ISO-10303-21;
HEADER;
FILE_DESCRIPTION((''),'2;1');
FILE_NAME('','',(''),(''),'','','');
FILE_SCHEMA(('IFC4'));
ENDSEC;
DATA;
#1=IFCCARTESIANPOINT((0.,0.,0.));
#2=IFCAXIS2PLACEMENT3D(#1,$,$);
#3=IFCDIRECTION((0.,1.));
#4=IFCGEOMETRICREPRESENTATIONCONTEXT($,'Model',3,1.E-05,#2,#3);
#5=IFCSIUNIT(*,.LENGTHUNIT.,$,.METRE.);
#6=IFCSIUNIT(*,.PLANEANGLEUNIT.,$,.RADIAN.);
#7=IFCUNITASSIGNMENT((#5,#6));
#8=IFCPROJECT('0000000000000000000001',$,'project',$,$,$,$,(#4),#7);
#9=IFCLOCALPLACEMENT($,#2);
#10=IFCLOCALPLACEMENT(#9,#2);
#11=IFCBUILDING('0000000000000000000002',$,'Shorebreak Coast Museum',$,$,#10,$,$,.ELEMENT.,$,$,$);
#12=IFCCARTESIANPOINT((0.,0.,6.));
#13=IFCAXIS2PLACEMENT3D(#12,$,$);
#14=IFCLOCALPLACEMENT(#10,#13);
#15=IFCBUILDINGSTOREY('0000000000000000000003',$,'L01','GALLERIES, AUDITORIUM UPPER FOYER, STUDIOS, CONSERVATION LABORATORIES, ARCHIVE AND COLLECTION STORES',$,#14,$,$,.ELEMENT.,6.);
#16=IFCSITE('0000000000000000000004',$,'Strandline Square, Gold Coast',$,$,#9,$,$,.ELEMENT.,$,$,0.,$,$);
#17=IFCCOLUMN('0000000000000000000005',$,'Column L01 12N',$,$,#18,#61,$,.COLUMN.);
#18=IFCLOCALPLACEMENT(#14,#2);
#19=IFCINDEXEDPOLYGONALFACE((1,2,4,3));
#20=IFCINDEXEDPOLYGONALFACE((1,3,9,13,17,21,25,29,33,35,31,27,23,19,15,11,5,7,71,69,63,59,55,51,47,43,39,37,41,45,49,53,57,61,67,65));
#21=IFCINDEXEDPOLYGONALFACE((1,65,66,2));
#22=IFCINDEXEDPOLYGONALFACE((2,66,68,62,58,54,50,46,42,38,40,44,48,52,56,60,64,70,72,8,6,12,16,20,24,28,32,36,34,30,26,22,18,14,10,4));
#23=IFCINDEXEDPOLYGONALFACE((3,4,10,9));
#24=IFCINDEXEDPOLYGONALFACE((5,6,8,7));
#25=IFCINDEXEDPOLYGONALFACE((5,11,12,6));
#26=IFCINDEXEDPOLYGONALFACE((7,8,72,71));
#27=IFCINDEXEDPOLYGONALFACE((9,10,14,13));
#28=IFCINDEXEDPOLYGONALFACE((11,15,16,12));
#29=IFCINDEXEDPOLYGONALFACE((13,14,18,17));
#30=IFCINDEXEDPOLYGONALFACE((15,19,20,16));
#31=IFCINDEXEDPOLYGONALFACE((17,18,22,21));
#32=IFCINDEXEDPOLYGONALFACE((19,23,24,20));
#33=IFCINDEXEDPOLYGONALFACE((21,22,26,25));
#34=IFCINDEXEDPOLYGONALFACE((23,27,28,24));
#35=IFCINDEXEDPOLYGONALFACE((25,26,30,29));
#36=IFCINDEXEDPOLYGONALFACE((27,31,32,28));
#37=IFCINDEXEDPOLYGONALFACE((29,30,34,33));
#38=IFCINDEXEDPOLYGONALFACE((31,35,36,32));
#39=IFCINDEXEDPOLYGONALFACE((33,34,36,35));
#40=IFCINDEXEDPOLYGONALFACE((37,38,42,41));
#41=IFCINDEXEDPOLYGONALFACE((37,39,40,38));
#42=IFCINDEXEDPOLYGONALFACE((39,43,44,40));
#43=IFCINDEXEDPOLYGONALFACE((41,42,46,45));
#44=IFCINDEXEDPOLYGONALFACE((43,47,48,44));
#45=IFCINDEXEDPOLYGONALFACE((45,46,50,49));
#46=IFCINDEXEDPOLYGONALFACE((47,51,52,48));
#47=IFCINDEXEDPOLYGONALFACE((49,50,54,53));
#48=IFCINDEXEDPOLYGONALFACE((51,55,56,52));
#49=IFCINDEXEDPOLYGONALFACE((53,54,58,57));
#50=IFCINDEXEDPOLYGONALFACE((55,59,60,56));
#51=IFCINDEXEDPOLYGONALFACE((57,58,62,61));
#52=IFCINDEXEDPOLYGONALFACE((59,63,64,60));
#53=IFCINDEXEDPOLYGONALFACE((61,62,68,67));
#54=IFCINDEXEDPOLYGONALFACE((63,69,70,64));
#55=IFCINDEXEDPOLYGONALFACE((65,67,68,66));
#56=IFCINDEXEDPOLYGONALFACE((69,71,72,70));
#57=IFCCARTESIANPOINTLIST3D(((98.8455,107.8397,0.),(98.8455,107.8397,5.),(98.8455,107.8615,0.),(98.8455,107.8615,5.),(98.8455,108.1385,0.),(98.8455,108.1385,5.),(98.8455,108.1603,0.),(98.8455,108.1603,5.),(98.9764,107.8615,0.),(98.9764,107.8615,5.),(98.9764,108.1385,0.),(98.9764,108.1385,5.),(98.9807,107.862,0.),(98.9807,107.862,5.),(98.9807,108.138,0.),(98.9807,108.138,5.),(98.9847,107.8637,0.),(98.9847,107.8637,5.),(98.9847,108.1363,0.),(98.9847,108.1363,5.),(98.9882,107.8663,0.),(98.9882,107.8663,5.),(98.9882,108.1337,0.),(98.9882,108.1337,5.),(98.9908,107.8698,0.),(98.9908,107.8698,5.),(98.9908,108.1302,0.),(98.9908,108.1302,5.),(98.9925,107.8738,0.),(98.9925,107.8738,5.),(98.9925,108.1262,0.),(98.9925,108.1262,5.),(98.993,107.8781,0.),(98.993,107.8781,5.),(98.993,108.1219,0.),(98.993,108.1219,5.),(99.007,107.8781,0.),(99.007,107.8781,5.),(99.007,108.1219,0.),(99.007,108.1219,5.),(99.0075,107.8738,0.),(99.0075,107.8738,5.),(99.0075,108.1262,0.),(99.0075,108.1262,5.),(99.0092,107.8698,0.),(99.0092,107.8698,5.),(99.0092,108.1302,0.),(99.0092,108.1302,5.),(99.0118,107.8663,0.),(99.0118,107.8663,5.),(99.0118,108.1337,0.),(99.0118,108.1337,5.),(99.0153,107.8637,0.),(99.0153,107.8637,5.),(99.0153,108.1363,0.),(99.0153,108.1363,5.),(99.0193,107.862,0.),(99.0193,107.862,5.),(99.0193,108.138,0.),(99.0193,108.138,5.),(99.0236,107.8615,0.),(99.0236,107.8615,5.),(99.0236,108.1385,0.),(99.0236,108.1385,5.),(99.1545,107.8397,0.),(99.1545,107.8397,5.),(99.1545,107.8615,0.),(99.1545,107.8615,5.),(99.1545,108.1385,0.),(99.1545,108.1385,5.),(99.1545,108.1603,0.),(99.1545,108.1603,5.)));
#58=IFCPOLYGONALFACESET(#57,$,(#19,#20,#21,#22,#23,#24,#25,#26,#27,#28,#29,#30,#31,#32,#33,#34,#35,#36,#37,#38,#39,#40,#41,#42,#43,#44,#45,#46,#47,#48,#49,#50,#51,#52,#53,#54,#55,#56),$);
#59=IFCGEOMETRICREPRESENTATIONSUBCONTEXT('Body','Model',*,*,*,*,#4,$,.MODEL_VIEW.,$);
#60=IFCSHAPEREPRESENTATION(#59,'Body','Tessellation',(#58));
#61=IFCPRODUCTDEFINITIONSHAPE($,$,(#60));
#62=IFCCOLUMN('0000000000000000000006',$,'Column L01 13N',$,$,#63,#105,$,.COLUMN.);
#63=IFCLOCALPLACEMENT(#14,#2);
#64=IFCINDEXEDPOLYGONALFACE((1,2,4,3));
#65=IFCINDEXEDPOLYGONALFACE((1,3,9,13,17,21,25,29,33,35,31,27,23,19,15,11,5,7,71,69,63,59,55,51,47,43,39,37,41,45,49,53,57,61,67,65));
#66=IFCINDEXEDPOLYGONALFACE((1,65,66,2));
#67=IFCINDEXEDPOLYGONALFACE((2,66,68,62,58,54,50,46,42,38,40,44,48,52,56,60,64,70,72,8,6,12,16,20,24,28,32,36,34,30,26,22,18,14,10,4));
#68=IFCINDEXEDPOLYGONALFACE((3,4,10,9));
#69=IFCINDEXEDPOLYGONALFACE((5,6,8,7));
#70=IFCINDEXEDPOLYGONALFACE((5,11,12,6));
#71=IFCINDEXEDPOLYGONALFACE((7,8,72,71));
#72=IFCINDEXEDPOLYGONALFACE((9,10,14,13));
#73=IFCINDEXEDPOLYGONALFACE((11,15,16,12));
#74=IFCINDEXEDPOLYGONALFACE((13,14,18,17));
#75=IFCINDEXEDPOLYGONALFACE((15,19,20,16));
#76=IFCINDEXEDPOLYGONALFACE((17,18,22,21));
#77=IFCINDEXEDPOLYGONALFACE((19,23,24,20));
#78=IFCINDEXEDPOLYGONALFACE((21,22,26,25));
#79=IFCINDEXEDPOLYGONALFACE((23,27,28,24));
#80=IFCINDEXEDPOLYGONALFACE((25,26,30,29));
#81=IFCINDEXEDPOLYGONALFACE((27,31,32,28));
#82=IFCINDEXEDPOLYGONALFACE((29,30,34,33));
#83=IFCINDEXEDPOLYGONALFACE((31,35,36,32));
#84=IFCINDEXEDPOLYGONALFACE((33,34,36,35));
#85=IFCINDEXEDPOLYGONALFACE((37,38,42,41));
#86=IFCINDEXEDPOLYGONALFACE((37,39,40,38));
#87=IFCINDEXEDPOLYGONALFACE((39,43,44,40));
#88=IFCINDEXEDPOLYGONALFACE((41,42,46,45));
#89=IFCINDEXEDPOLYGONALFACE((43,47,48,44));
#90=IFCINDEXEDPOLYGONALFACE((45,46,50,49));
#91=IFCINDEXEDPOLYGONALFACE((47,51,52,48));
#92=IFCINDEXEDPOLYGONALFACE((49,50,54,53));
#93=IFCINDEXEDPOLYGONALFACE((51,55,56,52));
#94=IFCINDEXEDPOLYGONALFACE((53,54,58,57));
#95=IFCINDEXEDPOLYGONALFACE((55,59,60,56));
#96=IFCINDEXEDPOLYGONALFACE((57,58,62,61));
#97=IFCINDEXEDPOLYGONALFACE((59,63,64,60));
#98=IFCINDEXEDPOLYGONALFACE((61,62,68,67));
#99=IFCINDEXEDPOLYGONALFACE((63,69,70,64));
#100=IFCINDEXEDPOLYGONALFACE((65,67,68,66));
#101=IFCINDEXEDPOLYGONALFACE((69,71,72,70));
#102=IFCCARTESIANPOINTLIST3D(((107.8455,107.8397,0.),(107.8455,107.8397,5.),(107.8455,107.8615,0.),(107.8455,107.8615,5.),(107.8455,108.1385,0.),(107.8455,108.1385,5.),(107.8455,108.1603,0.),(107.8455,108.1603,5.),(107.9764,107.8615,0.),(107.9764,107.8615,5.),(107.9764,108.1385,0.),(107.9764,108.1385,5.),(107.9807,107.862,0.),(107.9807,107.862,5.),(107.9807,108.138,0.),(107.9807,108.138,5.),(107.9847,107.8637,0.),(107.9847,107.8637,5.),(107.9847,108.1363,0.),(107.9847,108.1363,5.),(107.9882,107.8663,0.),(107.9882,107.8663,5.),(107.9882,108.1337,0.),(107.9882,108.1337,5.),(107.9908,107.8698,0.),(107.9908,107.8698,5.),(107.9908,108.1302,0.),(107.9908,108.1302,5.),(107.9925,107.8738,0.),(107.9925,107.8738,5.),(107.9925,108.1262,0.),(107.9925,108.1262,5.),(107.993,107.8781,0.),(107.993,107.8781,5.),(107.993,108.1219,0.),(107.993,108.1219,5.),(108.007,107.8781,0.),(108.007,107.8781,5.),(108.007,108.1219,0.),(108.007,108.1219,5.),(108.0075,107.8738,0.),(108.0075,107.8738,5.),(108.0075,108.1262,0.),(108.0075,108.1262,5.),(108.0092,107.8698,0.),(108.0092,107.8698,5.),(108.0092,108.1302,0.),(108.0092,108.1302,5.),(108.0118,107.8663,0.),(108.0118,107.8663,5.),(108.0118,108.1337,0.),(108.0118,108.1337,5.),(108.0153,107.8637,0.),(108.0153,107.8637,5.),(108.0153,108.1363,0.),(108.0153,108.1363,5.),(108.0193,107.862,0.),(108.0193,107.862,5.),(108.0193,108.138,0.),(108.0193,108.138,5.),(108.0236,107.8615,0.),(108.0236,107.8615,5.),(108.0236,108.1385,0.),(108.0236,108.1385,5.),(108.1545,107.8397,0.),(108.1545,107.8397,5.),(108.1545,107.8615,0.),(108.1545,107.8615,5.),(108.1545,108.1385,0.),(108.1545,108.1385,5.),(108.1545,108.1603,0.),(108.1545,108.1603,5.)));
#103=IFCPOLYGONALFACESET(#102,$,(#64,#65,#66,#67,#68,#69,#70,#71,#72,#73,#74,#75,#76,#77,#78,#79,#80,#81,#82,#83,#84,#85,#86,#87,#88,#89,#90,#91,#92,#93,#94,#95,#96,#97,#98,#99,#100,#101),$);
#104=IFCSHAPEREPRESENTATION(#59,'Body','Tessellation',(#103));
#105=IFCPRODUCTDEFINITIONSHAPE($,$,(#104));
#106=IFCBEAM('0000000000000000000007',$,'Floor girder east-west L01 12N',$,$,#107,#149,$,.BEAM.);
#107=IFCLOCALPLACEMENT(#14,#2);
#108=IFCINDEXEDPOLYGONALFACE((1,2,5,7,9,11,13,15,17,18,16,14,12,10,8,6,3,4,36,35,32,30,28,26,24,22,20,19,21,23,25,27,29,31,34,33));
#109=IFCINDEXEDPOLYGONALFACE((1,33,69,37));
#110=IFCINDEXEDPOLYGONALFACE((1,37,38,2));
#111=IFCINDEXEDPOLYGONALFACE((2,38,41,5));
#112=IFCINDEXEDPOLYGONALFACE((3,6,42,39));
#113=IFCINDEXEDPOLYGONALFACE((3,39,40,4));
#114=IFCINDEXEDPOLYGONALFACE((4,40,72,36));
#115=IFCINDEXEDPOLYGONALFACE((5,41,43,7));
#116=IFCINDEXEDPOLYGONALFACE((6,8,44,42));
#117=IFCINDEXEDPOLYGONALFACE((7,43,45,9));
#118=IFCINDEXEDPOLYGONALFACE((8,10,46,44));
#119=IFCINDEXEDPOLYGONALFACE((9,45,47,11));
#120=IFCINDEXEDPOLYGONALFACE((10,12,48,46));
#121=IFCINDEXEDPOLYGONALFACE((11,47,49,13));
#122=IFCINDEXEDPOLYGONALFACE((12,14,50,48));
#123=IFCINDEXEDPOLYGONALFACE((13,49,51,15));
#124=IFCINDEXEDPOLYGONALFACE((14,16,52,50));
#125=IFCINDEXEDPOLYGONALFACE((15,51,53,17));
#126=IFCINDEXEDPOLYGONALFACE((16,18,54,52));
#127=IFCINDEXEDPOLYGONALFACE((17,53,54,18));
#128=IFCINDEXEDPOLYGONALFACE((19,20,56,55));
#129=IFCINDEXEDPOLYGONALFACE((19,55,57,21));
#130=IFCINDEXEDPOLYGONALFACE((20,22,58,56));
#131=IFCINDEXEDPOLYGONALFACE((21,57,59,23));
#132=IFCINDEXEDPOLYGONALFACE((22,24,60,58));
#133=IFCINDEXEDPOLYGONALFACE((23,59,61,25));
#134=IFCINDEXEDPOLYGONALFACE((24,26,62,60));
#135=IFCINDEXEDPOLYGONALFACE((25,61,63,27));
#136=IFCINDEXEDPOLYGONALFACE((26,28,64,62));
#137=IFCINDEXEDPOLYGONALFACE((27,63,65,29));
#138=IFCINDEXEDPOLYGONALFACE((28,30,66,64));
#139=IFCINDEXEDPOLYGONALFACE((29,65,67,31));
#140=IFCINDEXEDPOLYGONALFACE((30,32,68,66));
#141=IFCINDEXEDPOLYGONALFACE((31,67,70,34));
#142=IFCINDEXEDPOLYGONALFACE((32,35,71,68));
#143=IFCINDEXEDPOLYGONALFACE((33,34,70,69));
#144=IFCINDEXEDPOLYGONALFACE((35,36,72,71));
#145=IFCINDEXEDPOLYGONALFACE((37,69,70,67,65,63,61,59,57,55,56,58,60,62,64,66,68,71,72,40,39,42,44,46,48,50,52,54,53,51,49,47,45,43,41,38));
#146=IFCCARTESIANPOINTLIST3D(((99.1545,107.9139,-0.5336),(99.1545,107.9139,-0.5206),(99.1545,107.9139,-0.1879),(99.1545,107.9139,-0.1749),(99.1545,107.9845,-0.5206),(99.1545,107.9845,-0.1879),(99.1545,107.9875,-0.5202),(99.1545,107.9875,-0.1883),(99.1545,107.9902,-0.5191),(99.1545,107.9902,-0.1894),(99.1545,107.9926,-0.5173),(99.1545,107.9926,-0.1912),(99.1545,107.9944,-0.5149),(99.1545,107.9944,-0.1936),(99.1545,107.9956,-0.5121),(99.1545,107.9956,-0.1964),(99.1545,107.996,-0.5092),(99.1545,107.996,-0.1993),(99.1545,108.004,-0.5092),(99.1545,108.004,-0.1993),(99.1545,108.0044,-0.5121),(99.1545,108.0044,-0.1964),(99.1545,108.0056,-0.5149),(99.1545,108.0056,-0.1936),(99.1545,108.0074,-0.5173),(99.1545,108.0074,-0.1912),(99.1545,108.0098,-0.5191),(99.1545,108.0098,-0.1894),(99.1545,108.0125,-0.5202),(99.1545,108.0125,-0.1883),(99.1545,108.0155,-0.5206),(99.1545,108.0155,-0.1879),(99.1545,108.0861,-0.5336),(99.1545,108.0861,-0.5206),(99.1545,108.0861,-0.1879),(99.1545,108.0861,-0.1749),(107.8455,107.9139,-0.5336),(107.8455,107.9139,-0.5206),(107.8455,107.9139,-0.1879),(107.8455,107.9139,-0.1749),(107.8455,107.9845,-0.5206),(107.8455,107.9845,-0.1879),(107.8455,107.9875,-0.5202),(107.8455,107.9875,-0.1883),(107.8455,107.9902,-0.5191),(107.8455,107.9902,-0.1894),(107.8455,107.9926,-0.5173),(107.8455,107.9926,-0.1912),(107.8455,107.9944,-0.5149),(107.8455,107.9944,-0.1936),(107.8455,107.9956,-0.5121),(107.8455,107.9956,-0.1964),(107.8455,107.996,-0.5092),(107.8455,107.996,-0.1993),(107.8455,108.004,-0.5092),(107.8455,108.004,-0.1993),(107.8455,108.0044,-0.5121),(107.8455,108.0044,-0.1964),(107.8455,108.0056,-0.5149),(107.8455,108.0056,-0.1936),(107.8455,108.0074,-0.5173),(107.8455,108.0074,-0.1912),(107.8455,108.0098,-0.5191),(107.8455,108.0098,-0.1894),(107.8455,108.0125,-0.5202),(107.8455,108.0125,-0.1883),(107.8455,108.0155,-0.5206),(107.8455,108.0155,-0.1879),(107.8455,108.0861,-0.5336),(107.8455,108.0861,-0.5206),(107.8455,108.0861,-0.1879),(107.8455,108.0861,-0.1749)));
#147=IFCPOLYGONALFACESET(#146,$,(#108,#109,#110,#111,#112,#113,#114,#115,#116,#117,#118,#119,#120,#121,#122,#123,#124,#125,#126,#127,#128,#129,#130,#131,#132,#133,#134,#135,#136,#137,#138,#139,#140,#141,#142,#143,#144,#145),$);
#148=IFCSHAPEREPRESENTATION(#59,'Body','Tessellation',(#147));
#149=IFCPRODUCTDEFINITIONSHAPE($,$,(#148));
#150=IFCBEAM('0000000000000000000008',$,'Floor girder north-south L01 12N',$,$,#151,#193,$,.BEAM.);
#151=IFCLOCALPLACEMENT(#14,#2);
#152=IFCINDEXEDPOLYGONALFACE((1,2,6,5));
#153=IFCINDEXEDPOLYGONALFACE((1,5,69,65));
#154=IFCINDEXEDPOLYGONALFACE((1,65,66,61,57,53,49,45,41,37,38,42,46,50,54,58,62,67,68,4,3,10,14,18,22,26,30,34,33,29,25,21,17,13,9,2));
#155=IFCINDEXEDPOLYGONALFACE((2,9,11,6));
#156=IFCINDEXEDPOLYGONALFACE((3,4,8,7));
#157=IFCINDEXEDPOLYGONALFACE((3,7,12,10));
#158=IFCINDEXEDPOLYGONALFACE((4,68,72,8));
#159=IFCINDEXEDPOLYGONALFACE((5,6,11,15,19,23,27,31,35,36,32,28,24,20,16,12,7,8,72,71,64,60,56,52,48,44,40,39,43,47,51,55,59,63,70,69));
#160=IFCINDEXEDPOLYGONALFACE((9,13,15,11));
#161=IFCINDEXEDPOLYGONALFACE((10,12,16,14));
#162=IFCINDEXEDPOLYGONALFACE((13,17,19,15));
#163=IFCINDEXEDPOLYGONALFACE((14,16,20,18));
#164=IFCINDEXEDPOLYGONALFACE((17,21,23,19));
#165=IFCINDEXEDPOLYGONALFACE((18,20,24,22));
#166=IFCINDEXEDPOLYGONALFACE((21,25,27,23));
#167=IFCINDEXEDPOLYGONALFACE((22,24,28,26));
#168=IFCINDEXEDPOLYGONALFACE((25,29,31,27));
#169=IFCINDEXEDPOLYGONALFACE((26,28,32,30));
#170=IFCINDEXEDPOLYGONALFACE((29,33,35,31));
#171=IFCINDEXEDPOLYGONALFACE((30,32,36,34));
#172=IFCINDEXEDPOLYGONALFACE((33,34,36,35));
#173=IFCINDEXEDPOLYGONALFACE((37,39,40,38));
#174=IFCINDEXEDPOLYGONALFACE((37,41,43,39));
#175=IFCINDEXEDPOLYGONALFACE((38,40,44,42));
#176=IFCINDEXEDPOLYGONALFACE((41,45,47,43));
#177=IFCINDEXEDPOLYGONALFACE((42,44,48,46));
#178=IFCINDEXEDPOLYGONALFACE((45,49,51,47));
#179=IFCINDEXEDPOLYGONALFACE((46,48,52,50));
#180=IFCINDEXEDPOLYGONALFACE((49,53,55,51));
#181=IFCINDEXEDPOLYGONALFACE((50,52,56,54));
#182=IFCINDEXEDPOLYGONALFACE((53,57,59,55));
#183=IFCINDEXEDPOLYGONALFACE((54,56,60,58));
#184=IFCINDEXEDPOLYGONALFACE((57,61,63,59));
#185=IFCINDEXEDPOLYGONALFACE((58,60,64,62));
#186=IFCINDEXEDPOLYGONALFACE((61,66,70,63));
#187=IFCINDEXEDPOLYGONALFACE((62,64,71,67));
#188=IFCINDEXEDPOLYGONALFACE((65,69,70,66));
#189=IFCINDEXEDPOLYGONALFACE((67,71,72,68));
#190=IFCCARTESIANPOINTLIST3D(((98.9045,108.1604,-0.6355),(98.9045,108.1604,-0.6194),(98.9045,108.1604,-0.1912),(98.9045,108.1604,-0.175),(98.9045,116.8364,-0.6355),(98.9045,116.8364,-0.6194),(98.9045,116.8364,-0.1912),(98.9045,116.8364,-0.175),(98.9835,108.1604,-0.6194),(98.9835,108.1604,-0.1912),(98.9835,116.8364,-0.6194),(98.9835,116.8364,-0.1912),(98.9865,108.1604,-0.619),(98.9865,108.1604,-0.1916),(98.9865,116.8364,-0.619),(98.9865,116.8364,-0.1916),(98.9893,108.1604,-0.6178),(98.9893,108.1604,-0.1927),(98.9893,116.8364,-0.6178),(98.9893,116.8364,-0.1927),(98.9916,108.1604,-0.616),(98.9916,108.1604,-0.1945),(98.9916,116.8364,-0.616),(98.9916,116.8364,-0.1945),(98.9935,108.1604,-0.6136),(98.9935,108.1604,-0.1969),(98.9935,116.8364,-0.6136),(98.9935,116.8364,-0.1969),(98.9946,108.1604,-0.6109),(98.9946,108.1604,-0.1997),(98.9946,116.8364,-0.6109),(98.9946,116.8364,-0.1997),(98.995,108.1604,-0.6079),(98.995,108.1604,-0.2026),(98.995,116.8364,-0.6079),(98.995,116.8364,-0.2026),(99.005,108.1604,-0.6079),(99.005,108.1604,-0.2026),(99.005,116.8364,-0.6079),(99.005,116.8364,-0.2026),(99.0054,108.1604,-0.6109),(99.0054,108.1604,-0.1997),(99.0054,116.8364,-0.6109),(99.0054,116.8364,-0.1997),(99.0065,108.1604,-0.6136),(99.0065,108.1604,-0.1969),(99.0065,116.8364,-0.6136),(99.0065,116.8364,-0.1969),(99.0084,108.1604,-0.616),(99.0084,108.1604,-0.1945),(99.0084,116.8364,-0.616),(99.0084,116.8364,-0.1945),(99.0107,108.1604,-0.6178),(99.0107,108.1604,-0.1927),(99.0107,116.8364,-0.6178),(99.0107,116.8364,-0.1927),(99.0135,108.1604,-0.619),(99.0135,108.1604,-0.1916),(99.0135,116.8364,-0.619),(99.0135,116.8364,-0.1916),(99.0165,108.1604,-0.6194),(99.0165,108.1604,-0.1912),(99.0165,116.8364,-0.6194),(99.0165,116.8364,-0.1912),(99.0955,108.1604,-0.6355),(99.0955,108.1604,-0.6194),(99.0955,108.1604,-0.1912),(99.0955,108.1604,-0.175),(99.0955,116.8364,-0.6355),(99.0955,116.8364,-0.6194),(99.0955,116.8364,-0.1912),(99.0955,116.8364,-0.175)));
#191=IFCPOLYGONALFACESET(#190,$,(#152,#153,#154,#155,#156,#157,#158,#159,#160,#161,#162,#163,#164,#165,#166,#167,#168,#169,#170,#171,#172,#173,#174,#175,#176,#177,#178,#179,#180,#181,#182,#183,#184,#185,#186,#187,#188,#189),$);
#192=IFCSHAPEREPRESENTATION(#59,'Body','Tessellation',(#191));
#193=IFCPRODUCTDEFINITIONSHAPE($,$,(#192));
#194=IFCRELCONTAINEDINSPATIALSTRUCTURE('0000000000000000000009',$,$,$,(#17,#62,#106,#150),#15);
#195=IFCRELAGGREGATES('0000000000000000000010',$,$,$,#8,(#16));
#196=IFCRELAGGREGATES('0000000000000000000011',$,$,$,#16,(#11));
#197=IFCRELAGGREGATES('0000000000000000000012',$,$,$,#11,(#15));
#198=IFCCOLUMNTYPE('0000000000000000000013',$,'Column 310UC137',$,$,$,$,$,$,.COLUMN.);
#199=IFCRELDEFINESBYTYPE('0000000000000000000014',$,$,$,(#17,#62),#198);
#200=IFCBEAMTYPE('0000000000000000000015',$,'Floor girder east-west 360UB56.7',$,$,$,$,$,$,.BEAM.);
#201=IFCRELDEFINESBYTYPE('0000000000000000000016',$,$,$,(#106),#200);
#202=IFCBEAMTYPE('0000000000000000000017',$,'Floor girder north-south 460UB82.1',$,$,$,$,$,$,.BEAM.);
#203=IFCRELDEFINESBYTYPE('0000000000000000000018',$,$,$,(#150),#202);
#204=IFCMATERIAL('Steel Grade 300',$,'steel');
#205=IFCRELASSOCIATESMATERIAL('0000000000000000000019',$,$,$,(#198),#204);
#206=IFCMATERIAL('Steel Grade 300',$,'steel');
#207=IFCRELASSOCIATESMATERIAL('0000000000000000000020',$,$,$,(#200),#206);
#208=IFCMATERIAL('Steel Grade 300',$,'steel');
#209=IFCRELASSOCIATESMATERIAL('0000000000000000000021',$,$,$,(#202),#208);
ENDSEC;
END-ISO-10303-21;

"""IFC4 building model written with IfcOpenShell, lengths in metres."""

from ifc_helpers import new_model, si_unit, direction, frame, origin, origin_2d, place, context, subcontext, project, spatial, i_section, extrude, material, material_profile, profile_set, type_object, element, save


model = new_model("IFC4")

# Units and contexts
model_context = context("Model", 3, precision=1e-05, world=origin(), true_north=direction((0.0, 1.0)))
body_context = subcontext(model_context, "Body", "Model", "MODEL_VIEW")
ifc_project = project(units=[si_unit("LENGTHUNIT", "METRE"), si_unit("PLANEANGLEUNIT", "RADIAN")], contexts=[model_context])

# Site, building, storey
site_placement = place(None, origin())
site = spatial("IfcSite", under=ifc_project, at=site_placement, Name="Strandline Square, Gold Coast", CompositionType="ELEMENT", RefElevation=0.0)
building_placement = place(site_placement, origin())
building = spatial("IfcBuilding", under=site, at=building_placement, Name="Shorebreak Coast Museum", CompositionType="ELEMENT")
storey_placement = place(building_placement, frame((0.0, 0.0, 6.0)))
storey = spatial("IfcBuildingStorey", under=building, at=storey_placement, Name="L01", Description="GALLERIES, AUDITORIUM UPPER FOYER, STUDIOS, CONSERVATION LABORATORIES, ARCHIVE AND COLLECTION STORES", CompositionType="ELEMENT", Elevation=6.0)

# Columns
ifc_material_1 = material(Name="Steel Grade 300", Category="steel")
ifc_material_profile_1 = material_profile(ifc_material_1, i_section(OverallWidth=0.3091, OverallDepth=0.3206, WebThickness=0.0139, FlangeThickness=0.0217, FilletRadius=0.0166, at=origin_2d()), Name="310UC137")
ifc_profile_set_1 = profile_set([ifc_material_profile_1], Name="Steel Grade 300")
column_type = type_object("IfcColumnType", Name="Column 310UC137", PredefinedType="COLUMN", material=ifc_profile_set_1)
for number, where, z_axis, x_axis, name in (
    (1, (99.0, 108.0, 0.0), (0.0, 0.0, 1.0), (1.0, 0.0, 0.0), "Column L01 12N"),
    (2, (108.0, 108.0, 0.0), (0.0, 0.0, 1.0), (1.0, 0.0, 0.0), "Column L01 13N"),
):
    element("IfcColumn", number, at=place(storey_placement, frame(where, z_axis=z_axis, x_axis=x_axis)), inside=storey, type_object=column_type, Name=name, PredefinedType="COLUMN", context=body_context, shape_type="SweptSolid", body=[
        extrude(i_section(OverallWidth=0.3091, OverallDepth=0.3206, WebThickness=0.0139, FlangeThickness=0.0217, FilletRadius=0.0166, at=origin_2d()), origin(), (0.0, 0.0, 1.0), 5.0),
    ])

# Beams
ifc_material_2 = material(Name="Steel Grade 300", Category="steel")
ifc_material_profile_2 = material_profile(ifc_material_2, i_section(OverallWidth=0.1721, OverallDepth=0.3586, WebThickness=0.0081, FlangeThickness=0.0129, FilletRadius=0.0115, at=origin_2d()), Name="360UB56.7")
ifc_profile_set_2 = profile_set([ifc_material_profile_2], Name="Steel Grade 300")
beam_type_1 = type_object("IfcBeamType", Name="Floor girder east-west 360UB56.7", PredefinedType="BEAM", material=ifc_profile_set_2)
beam_placement = place(storey_placement, frame((99.1545, 108.0, -0.3542), z_axis=(1.0, 0.0, 0.0), x_axis=(0.0, 1.0, 0.0)))
element("IfcBeam", 3, at=beam_placement, inside=storey, type_object=beam_type_1, Name="Floor girder east-west L01 12N", PredefinedType="BEAM", context=body_context, shape_type="SweptSolid", body=[
    extrude(i_section(OverallWidth=0.1721, OverallDepth=0.3586, WebThickness=0.0081, FlangeThickness=0.0129, FilletRadius=0.0115, at=origin_2d()), origin(), (0.0, 0.0, 1.0), 8.6909),
])
ifc_material_3 = material(Name="Steel Grade 300", Category="steel")
ifc_material_profile_3 = material_profile(ifc_material_3, i_section(OverallWidth=0.1909, OverallDepth=0.4604, WebThickness=0.01, FlangeThickness=0.0161, FilletRadius=0.0115, at=origin_2d()), Name="460UB82.1")
ifc_profile_set_3 = profile_set([ifc_material_profile_3], Name="Steel Grade 300")
beam_type_2 = type_object("IfcBeamType", Name="Floor girder north-south 460UB82.1", PredefinedType="BEAM", material=ifc_profile_set_3)
for number, where, z_axis, x_axis, name in (
    (4, (99.0, 108.1604, -0.4053), (0.0, 1.0, 0.0), (-1.0, 0.0, 0.0), "Floor girder north-south L01 12N"),
):
    element("IfcBeam", number, at=place(storey_placement, frame(where, z_axis=z_axis, x_axis=x_axis)), inside=storey, type_object=beam_type_2, Name=name, PredefinedType="BEAM", context=body_context, shape_type="SweptSolid", body=[
        extrude(i_section(OverallWidth=0.1909, OverallDepth=0.4604, WebThickness=0.01, FlangeThickness=0.0161, FilletRadius=0.0115, at=origin_2d()), origin(), (0.0, 0.0, 1.0), 8.676),
    ])

save(model, "model.ifc")
